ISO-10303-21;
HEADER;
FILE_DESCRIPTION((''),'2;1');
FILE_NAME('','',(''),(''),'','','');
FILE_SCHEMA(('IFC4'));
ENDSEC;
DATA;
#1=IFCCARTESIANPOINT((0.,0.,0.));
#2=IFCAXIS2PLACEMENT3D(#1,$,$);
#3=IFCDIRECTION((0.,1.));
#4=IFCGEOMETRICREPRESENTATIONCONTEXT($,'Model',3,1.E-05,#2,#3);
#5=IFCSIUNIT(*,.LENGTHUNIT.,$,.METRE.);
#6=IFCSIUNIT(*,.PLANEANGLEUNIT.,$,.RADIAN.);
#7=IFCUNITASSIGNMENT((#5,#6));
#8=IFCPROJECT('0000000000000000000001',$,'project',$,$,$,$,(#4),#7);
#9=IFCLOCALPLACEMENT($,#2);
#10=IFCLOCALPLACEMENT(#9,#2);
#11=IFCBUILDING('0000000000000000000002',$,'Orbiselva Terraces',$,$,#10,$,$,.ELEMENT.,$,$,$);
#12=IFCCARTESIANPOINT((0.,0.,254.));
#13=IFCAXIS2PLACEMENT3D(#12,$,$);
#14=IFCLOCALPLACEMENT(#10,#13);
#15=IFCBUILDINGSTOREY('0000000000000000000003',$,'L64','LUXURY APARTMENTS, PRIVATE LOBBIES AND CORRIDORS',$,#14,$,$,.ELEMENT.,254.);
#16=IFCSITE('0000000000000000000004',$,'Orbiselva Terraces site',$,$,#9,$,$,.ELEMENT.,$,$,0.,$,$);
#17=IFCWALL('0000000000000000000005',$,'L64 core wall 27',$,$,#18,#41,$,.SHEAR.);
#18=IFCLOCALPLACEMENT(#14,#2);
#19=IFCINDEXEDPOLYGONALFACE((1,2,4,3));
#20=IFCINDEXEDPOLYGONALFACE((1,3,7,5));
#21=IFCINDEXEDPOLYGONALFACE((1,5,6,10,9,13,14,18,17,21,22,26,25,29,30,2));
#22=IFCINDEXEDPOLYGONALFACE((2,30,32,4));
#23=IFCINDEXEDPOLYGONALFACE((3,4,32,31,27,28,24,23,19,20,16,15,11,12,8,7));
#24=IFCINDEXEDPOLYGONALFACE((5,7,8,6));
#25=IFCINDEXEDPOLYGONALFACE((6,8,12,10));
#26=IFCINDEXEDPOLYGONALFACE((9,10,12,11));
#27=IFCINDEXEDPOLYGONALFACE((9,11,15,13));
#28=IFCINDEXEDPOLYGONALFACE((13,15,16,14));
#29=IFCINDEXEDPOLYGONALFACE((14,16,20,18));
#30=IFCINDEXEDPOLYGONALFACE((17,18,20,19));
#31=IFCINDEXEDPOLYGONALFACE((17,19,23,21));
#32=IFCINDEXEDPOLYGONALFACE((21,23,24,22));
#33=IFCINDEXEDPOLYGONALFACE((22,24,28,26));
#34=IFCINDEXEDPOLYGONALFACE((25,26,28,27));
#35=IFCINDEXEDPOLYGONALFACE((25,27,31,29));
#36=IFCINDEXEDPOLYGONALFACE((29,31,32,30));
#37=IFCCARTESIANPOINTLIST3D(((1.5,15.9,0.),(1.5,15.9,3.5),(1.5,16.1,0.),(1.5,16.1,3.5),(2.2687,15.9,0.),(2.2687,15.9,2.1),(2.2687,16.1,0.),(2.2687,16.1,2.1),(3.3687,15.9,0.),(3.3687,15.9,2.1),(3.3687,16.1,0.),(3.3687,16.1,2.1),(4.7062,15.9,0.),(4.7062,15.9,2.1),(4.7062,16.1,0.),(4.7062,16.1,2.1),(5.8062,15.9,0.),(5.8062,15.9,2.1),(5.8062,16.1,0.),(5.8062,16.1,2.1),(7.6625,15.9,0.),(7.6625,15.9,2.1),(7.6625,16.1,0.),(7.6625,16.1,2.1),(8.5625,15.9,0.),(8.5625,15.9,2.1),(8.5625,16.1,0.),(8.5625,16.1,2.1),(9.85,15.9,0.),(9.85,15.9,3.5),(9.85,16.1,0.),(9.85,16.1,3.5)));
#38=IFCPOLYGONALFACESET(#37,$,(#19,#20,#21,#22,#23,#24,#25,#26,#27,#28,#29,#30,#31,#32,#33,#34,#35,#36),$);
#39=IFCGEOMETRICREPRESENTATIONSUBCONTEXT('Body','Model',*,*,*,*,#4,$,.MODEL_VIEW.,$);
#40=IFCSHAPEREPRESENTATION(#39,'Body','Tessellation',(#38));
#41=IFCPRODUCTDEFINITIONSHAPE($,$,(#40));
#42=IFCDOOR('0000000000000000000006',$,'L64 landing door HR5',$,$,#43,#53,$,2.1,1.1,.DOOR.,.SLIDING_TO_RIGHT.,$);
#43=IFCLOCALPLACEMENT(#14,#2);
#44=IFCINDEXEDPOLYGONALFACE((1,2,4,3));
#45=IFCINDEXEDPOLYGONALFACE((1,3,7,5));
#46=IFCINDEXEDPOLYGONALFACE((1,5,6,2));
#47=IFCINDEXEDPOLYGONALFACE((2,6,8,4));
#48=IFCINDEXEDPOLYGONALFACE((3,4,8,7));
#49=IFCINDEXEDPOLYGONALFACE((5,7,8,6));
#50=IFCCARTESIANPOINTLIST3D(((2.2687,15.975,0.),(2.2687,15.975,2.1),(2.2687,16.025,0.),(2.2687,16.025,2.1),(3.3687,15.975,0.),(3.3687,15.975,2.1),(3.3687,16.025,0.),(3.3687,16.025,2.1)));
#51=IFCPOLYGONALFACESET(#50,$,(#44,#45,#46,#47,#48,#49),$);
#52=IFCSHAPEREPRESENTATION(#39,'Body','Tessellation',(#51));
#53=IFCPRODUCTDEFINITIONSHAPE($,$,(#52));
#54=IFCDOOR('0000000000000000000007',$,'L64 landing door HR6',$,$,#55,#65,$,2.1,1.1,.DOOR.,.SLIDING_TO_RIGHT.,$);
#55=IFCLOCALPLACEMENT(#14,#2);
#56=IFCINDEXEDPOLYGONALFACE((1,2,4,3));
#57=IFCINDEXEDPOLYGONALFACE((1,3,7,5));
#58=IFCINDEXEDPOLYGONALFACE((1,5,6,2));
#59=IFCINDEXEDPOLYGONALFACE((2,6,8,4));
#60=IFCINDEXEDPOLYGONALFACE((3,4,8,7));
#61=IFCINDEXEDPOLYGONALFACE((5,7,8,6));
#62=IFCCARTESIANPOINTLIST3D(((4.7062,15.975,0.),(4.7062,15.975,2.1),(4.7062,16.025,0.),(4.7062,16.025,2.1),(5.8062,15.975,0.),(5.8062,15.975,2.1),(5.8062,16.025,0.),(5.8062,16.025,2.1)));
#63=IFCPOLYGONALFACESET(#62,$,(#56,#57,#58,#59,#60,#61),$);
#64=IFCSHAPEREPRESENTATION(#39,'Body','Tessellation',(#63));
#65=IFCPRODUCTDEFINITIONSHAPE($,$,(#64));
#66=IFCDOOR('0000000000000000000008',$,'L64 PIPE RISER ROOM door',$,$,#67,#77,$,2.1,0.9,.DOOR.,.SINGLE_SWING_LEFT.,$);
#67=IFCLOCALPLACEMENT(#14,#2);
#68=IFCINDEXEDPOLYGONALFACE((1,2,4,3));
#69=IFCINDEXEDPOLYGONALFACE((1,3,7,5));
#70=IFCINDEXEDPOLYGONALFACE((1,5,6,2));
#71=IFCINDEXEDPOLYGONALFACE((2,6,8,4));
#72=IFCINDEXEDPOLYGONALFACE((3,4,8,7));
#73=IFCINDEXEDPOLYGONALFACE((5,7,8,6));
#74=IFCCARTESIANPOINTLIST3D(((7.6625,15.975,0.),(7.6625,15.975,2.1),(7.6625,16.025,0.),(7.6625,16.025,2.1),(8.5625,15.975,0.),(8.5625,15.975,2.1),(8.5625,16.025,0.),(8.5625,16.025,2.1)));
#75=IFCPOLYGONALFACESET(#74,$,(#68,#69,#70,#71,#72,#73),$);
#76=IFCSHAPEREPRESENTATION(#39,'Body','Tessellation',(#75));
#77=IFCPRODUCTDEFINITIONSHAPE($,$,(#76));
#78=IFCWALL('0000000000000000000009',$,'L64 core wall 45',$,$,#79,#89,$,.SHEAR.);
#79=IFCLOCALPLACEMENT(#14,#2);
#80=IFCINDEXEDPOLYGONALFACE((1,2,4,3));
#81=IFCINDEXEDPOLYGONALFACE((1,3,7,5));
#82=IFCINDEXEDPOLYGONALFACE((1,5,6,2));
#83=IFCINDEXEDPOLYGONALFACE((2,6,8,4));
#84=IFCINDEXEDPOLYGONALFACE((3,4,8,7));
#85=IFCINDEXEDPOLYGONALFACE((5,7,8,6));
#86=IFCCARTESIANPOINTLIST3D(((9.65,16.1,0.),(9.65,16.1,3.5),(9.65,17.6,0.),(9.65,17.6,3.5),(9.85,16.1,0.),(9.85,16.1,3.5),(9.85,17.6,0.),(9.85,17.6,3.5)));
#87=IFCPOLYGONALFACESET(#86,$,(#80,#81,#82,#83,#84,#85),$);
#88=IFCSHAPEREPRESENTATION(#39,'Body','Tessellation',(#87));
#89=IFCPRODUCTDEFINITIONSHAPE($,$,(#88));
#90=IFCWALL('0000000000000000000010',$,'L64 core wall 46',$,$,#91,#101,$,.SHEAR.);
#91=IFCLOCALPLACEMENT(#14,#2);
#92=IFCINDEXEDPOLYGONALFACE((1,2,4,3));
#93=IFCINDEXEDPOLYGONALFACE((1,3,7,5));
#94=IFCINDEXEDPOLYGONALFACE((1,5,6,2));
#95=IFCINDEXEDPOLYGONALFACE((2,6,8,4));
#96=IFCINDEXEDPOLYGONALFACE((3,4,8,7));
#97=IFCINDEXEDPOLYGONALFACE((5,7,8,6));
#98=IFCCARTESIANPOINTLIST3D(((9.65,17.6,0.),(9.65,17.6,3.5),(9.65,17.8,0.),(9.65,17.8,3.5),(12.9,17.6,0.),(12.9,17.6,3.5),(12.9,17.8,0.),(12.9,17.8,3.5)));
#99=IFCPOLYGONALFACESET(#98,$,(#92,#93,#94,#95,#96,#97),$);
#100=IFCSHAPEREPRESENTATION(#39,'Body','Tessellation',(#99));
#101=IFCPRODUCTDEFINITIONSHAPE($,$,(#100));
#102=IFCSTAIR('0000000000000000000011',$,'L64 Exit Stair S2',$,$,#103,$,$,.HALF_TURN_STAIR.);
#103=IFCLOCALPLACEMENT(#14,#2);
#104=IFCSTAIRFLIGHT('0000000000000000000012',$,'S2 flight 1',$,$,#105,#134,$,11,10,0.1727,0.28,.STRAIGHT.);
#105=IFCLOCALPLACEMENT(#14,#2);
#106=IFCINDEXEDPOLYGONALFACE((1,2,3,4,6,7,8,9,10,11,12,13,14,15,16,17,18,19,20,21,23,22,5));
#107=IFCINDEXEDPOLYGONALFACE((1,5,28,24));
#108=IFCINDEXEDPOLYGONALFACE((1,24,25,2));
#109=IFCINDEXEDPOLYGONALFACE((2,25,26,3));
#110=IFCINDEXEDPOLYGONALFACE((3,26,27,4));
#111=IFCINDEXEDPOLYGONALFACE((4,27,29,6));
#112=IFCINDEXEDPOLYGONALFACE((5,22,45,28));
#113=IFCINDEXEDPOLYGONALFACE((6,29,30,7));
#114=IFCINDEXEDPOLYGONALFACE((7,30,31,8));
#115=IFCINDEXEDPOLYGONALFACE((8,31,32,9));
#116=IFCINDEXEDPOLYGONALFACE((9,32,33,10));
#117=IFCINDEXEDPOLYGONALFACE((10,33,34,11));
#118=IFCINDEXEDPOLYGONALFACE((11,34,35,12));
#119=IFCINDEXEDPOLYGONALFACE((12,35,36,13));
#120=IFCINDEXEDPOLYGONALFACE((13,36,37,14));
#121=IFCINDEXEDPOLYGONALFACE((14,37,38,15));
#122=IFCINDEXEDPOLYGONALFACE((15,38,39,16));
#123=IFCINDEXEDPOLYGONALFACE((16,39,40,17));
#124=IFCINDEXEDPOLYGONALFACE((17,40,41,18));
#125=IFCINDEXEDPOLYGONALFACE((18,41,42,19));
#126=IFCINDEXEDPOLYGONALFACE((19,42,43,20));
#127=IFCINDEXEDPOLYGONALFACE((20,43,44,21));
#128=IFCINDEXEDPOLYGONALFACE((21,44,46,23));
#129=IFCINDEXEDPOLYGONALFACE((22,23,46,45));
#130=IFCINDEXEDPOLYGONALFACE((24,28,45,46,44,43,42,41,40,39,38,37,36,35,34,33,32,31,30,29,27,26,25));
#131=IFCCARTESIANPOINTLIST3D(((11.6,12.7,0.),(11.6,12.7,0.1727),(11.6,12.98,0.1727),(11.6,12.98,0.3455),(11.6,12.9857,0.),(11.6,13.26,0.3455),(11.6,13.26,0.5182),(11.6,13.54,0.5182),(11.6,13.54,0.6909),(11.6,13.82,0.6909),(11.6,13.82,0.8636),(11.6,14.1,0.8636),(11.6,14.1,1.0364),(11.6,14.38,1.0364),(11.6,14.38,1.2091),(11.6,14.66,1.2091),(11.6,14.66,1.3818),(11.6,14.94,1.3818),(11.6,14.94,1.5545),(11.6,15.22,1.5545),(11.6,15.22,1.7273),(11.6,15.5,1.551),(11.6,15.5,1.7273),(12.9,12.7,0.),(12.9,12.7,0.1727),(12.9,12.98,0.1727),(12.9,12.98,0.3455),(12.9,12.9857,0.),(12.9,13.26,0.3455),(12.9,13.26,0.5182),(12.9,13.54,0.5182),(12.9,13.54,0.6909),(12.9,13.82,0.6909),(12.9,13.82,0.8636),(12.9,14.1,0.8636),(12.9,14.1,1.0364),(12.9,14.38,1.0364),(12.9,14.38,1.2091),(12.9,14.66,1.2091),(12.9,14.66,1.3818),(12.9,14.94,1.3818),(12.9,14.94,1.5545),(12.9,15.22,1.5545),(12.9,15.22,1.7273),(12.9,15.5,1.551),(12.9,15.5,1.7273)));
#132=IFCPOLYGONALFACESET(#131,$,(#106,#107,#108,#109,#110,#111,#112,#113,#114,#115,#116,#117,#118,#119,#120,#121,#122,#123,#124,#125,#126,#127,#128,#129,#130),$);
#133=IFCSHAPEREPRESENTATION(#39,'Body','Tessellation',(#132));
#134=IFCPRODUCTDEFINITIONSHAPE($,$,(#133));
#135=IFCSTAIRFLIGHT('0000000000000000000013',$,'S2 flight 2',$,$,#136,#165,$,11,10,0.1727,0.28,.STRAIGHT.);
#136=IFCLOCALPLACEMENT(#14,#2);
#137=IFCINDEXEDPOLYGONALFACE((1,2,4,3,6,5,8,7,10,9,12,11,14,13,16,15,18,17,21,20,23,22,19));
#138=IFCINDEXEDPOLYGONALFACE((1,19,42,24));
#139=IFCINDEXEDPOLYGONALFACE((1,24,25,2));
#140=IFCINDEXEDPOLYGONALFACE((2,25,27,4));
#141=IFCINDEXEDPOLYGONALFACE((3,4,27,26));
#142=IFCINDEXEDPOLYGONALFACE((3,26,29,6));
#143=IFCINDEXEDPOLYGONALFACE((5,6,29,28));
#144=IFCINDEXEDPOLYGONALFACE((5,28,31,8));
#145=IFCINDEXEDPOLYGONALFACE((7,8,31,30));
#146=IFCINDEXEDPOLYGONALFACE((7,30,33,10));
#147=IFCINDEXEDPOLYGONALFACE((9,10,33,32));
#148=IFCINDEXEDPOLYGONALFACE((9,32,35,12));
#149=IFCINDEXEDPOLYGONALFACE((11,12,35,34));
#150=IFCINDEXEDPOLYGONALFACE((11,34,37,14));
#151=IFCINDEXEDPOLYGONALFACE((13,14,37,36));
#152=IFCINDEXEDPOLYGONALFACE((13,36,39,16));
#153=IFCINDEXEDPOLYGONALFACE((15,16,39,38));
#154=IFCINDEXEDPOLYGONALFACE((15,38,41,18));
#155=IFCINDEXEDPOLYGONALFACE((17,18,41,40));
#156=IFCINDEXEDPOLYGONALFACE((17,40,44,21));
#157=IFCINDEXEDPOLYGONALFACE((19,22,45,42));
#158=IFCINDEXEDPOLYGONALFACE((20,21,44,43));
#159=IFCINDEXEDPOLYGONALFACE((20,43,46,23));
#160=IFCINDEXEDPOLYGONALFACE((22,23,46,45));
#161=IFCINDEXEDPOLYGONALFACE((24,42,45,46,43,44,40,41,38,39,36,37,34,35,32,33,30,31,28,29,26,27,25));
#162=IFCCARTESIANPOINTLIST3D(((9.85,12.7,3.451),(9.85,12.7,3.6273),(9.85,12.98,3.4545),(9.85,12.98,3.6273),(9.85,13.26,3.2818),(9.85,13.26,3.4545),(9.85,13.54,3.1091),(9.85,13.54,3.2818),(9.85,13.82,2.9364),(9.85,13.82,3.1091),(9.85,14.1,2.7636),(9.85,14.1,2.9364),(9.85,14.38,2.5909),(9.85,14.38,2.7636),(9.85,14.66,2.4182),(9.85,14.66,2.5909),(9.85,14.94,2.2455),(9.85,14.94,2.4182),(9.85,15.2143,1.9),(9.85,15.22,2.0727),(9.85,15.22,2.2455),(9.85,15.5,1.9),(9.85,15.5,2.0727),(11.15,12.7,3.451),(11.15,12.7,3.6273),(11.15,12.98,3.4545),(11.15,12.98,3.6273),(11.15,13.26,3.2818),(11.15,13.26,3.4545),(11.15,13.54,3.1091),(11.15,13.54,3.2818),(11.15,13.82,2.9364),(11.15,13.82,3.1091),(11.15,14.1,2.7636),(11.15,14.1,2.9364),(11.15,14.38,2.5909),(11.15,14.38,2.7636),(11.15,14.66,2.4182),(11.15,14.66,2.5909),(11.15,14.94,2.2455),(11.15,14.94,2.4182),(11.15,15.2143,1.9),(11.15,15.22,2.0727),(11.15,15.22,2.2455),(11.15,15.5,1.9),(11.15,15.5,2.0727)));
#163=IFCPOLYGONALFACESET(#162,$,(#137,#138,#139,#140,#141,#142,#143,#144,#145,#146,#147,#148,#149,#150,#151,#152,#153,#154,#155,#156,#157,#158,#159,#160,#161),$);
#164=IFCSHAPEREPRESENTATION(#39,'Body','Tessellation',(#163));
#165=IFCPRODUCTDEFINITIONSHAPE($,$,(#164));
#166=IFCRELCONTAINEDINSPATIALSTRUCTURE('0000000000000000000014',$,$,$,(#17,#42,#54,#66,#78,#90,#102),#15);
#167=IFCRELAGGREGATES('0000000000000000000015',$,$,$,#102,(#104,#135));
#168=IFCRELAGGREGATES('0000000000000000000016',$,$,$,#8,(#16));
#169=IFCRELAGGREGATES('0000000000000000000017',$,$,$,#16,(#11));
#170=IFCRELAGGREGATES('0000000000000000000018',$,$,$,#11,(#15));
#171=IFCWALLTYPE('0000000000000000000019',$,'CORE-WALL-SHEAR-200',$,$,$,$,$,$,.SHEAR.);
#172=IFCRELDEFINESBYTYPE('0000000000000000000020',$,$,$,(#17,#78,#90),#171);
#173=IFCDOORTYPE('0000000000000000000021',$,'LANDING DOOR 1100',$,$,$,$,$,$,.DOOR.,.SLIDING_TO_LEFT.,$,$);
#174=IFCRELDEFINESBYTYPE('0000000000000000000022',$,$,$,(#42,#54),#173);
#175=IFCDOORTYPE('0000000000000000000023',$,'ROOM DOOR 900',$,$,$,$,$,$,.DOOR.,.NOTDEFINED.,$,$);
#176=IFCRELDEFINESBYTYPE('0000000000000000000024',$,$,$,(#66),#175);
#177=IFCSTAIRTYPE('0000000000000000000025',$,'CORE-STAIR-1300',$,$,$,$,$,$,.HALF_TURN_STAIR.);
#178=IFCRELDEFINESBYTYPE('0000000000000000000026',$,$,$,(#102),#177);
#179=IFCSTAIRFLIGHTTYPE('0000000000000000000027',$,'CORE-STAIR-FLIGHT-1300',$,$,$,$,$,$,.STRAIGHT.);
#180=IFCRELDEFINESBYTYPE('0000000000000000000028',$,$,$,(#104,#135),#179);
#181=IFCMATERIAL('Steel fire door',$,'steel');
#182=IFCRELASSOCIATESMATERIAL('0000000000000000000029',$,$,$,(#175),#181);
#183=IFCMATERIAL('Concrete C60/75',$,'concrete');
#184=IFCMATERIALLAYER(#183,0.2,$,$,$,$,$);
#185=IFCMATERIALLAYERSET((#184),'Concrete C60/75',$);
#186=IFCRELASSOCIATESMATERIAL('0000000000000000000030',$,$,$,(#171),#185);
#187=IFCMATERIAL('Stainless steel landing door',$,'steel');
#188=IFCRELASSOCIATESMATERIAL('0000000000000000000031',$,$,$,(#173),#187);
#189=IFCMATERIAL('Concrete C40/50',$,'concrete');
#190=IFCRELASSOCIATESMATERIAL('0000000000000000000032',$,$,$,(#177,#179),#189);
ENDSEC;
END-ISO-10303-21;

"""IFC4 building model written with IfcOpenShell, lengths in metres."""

from ifc_helpers import new_model, si_unit, direction, frame, frame_2d, origin, place, context, subcontext, project, spatial, polyline, rectangle, outline, extrude, material, layer, layer_set, type_object, element, fill, aggregate, save


model = new_model("IFC4")

# Units and contexts
model_context = context("Model", 3, precision=1e-05, world=origin(), true_north=direction((0.0, 1.0)))
body_context = subcontext(model_context, "Body", "Model", "MODEL_VIEW")
ifc_project = project(units=[si_unit("LENGTHUNIT", "METRE"), si_unit("PLANEANGLEUNIT", "RADIAN")], contexts=[model_context])

# Site, building, storey
site_placement = place(None, origin())
site = spatial("IfcSite", under=ifc_project, at=site_placement, Name="Orbiselva Terraces site", CompositionType="ELEMENT", RefElevation=0.0)
building_placement = place(site_placement, origin())
building = spatial("IfcBuilding", under=site, at=building_placement, Name="Orbiselva Terraces", CompositionType="ELEMENT")
storey_placement = place(building_placement, frame((0.0, 0.0, 254.0)))
storey = spatial("IfcBuildingStorey", under=building, at=storey_placement, Name="L64", Description="LUXURY APARTMENTS, PRIVATE LOBBIES AND CORRIDORS", CompositionType="ELEMENT", Elevation=254.0)

# Shared definitions
ifc_material_1 = material(Name="Steel fire door", Category="steel")
door_type_1 = type_object("IfcDoorType", Name="ROOM DOOR 900", OperationType="NOTDEFINED", PredefinedType="DOOR", material=ifc_material_1)

# Shared definitions
ifc_material_2 = material(Name="Concrete C40/50", Category="concrete")

# Shared definitions
ifc_material_3 = material(Name="Concrete C60/75", Category="concrete")
ifc_layer_1 = layer(ifc_material_3, 0.2)
ifc_layer_set_1 = layer_set([ifc_layer_1], Name="Concrete C60/75")
wall_type_1 = type_object("IfcWallType", Name="CORE-WALL-SHEAR-200", PredefinedType="SHEAR", material=ifc_layer_set_1)

# Wall, openings, doors
wall_1_placement = place(storey_placement, frame((9.85, 16.0, 0.0), z_axis=(0.0, 0.0, 1.0), x_axis=(-1.0, 0.0, 0.0)))
wall_1 = element("IfcWall", 1, at=wall_1_placement, inside=storey, type_object=wall_type_1, Name="L64 core wall 27", PredefinedType="SHEAR", context=body_context, shape_type="SweptSolid", body=[
    extrude(rectangle(XDim=8.35, YDim=0.2, at=frame_2d((4.175, 0.0))), origin(), (0.0, 0.0, 1.0), 3.5),
])
opening_1_placement = place(wall_1_placement, frame((6.4813, 0.0, 0.0)))
opening_1 = element("IfcOpeningElement", 2, at=opening_1_placement, cuts=wall_1, PredefinedType="OPENING", context=body_context, shape_type="SweptSolid", body=[
    extrude(rectangle(XDim=1.1, YDim=2.1, at=frame_2d((0.55, 1.05))), frame((0.0, 0.11, 0.0), z_axis=(0.0, -1.0, 0.0), x_axis=(1.0, 0.0, 0.0)), (0.0, 0.0, 1.0), 0.22),
])
opening_2_placement = place(wall_1_placement, frame((4.0438, 0.0, 0.0)))
opening_2 = element("IfcOpeningElement", 3, at=opening_2_placement, cuts=wall_1, PredefinedType="OPENING", context=body_context, shape_type="SweptSolid", body=[
    extrude(rectangle(XDim=1.1, YDim=2.1, at=frame_2d((0.55, 1.05))), frame((0.0, 0.11, 0.0), z_axis=(0.0, -1.0, 0.0), x_axis=(1.0, 0.0, 0.0)), (0.0, 0.0, 1.0), 0.22),
])
opening_3_placement = place(wall_1_placement, frame((1.2875, 0.0, 0.0)))
opening_3 = element("IfcOpeningElement", 4, at=opening_3_placement, cuts=wall_1, PredefinedType="OPENING", context=body_context, shape_type="SweptSolid", body=[
    extrude(rectangle(XDim=0.9, YDim=2.1, at=frame_2d((0.45, 1.05))), frame((0.0, 0.11, 0.0), z_axis=(0.0, -1.0, 0.0), x_axis=(1.0, 0.0, 0.0)), (0.0, 0.0, 1.0), 0.22),
])
ifc_material_4 = material(Name="Stainless steel landing door", Category="steel")
door_type_2 = type_object("IfcDoorType", Name="LANDING DOOR 1100", OperationType="SLIDING_TO_LEFT", PredefinedType="DOOR", material=ifc_material_4)
door_1_placement = place(opening_1_placement, origin())
door_1 = element("IfcDoor", 5, at=door_1_placement, inside=storey, type_object=door_type_2, Name="L64 landing door HR5", OperationType="SLIDING_TO_RIGHT", OverallHeight=2.1, OverallWidth=1.1, PredefinedType="DOOR", context=body_context, shape_type="SweptSolid", body=[
    extrude(rectangle(XDim=1.1, YDim=2.1, at=frame_2d((0.55, 1.05))), frame((0.0, 0.025, 0.0), z_axis=(0.0, -1.0, 0.0), x_axis=(1.0, 0.0, 0.0)), (0.0, 0.0, 1.0), 0.05),
])
fill(opening_1, door_1)
door_2_placement = place(opening_2_placement, origin())
door_2 = element("IfcDoor", 6, at=door_2_placement, inside=storey, type_object=door_type_2, Name="L64 landing door HR6", OperationType="SLIDING_TO_RIGHT", OverallHeight=2.1, OverallWidth=1.1, PredefinedType="DOOR", context=body_context, shape_type="SweptSolid", body=[
    extrude(rectangle(XDim=1.1, YDim=2.1, at=frame_2d((0.55, 1.05))), frame((0.0, 0.025, 0.0), z_axis=(0.0, -1.0, 0.0), x_axis=(1.0, 0.0, 0.0)), (0.0, 0.0, 1.0), 0.05),
])
fill(opening_2, door_2)
door_3_placement = place(opening_3_placement, origin())
door_3 = element("IfcDoor", 7, at=door_3_placement, inside=storey, type_object=door_type_1, Name="L64 PIPE RISER ROOM door", OperationType="SINGLE_SWING_LEFT", OverallHeight=2.1, OverallWidth=0.9, PredefinedType="DOOR", context=body_context, shape_type="SweptSolid", body=[
    extrude(rectangle(XDim=0.9, YDim=2.1, at=frame_2d((0.45, 1.05))), frame((0.0, 0.025, 0.0), z_axis=(0.0, -1.0, 0.0), x_axis=(1.0, 0.0, 0.0)), (0.0, 0.0, 1.0), 0.05),
])
fill(opening_3, door_3)

# Walls
wall_2_placement = place(storey_placement, frame((9.75, 16.1, 0.0), z_axis=(0.0, 0.0, 1.0), x_axis=(0.0, 1.0, 0.0)))
element("IfcWall", 8, at=wall_2_placement, inside=storey, type_object=wall_type_1, Name="L64 core wall 45", PredefinedType="SHEAR", context=body_context, shape_type="SweptSolid", body=[
    extrude(rectangle(XDim=1.5, YDim=0.2, at=frame_2d((0.75, 0.0))), origin(), (0.0, 0.0, 1.0), 3.5),
])
wall_3_placement = place(storey_placement, frame((9.65, 17.7, 0.0), z_axis=(0.0, 0.0, 1.0), x_axis=(1.0, 0.0, 0.0)))
element("IfcWall", 9, at=wall_3_placement, inside=storey, type_object=wall_type_1, Name="L64 core wall 46", PredefinedType="SHEAR", context=body_context, shape_type="SweptSolid", body=[
    extrude(rectangle(XDim=3.25, YDim=0.2, at=frame_2d((1.625, 0.0))), origin(), (0.0, 0.0, 1.0), 3.5),
])

# Stair, stair flights
stair_type = type_object("IfcStairType", Name="CORE-STAIR-1300", PredefinedType="HALF_TURN_STAIR", material=ifc_material_2)
stair_placement = place(storey_placement, origin())
stair = element("IfcStair", 10, at=stair_placement, inside=storey, type_object=stair_type, Name="L64 Exit Stair S2", PredefinedType="HALF_TURN_STAIR")
stair_flight_type = type_object("IfcStairFlightType", Name="CORE-STAIR-FLIGHT-1300", PredefinedType="STRAIGHT", material=ifc_material_2)
stair_flight_1_placement = place(storey_placement, frame((12.25, 12.7, 0.0), z_axis=(0.0, 0.0, 1.0), x_axis=(0.0, 1.0, 0.0)))
stair_flight_1 = element("IfcStairFlight", 11, at=stair_flight_1_placement, type_object=stair_flight_type, Name="S2 flight 1", NumberOfRisers=11, NumberOfTreads=10, PredefinedType="STRAIGHT", RiserHeight=0.1727, TreadLength=0.28, context=body_context, shape_type="SweptSolid", body=[
    extrude(outline(polyline([(0.0, 0.0), (0.0, 0.1727), (0.28, 0.1727), (0.28, 0.3455), (0.56, 0.3455), (0.56, 0.5182), (0.84, 0.5182), (0.84, 0.6909), (1.12, 0.6909), (1.12, 0.8636), (1.4, 0.8636), (1.4, 1.0364), (1.68, 1.0364), (1.68, 1.2091), (1.96, 1.2091), (1.96, 1.3818), (2.24, 1.3818), (2.24, 1.5545), (2.52, 1.5545), (2.52, 1.7273), (2.8, 1.7273), (2.8, 1.9), (2.8, 1.551), (0.2857, 0.0), (0.0, 0.0)])), frame((0.0, 0.65, 0.0), z_axis=(0.0, -1.0, 0.0), x_axis=(1.0, 0.0, 0.0)), (0.0, 0.0, 1.0), 1.3),
])
stair_flight_2_placement = place(storey_placement, frame((10.5, 15.5, 1.9), z_axis=(0.0, 0.0, 1.0), x_axis=(0.0, -1.0, 0.0)))
stair_flight_2 = element("IfcStairFlight", 12, at=stair_flight_2_placement, type_object=stair_flight_type, Name="S2 flight 2", NumberOfRisers=11, NumberOfTreads=10, PredefinedType="STRAIGHT", RiserHeight=0.1727, TreadLength=0.28, context=body_context, shape_type="SweptSolid", body=[
    extrude(outline(polyline([(0.0, 0.0), (0.0, 0.1727), (0.28, 0.1727), (0.28, 0.3455), (0.56, 0.3455), (0.56, 0.5182), (0.84, 0.5182), (0.84, 0.6909), (1.12, 0.6909), (1.12, 0.8636), (1.4, 0.8636), (1.4, 1.0364), (1.68, 1.0364), (1.68, 1.2091), (1.96, 1.2091), (1.96, 1.3818), (2.24, 1.3818), (2.24, 1.5545), (2.52, 1.5545), (2.52, 1.7273), (2.8, 1.7273), (2.8, 1.9), (2.8, 1.551), (0.2857, 0.0), (0.0, 0.0)])), frame((0.0, 0.65, 0.0), z_axis=(0.0, -1.0, 0.0), x_axis=(1.0, 0.0, 0.0)), (0.0, 0.0, 1.0), 1.3),
])
aggregate(stair, [stair_flight_1, stair_flight_2])

save(model, "model.ifc")
